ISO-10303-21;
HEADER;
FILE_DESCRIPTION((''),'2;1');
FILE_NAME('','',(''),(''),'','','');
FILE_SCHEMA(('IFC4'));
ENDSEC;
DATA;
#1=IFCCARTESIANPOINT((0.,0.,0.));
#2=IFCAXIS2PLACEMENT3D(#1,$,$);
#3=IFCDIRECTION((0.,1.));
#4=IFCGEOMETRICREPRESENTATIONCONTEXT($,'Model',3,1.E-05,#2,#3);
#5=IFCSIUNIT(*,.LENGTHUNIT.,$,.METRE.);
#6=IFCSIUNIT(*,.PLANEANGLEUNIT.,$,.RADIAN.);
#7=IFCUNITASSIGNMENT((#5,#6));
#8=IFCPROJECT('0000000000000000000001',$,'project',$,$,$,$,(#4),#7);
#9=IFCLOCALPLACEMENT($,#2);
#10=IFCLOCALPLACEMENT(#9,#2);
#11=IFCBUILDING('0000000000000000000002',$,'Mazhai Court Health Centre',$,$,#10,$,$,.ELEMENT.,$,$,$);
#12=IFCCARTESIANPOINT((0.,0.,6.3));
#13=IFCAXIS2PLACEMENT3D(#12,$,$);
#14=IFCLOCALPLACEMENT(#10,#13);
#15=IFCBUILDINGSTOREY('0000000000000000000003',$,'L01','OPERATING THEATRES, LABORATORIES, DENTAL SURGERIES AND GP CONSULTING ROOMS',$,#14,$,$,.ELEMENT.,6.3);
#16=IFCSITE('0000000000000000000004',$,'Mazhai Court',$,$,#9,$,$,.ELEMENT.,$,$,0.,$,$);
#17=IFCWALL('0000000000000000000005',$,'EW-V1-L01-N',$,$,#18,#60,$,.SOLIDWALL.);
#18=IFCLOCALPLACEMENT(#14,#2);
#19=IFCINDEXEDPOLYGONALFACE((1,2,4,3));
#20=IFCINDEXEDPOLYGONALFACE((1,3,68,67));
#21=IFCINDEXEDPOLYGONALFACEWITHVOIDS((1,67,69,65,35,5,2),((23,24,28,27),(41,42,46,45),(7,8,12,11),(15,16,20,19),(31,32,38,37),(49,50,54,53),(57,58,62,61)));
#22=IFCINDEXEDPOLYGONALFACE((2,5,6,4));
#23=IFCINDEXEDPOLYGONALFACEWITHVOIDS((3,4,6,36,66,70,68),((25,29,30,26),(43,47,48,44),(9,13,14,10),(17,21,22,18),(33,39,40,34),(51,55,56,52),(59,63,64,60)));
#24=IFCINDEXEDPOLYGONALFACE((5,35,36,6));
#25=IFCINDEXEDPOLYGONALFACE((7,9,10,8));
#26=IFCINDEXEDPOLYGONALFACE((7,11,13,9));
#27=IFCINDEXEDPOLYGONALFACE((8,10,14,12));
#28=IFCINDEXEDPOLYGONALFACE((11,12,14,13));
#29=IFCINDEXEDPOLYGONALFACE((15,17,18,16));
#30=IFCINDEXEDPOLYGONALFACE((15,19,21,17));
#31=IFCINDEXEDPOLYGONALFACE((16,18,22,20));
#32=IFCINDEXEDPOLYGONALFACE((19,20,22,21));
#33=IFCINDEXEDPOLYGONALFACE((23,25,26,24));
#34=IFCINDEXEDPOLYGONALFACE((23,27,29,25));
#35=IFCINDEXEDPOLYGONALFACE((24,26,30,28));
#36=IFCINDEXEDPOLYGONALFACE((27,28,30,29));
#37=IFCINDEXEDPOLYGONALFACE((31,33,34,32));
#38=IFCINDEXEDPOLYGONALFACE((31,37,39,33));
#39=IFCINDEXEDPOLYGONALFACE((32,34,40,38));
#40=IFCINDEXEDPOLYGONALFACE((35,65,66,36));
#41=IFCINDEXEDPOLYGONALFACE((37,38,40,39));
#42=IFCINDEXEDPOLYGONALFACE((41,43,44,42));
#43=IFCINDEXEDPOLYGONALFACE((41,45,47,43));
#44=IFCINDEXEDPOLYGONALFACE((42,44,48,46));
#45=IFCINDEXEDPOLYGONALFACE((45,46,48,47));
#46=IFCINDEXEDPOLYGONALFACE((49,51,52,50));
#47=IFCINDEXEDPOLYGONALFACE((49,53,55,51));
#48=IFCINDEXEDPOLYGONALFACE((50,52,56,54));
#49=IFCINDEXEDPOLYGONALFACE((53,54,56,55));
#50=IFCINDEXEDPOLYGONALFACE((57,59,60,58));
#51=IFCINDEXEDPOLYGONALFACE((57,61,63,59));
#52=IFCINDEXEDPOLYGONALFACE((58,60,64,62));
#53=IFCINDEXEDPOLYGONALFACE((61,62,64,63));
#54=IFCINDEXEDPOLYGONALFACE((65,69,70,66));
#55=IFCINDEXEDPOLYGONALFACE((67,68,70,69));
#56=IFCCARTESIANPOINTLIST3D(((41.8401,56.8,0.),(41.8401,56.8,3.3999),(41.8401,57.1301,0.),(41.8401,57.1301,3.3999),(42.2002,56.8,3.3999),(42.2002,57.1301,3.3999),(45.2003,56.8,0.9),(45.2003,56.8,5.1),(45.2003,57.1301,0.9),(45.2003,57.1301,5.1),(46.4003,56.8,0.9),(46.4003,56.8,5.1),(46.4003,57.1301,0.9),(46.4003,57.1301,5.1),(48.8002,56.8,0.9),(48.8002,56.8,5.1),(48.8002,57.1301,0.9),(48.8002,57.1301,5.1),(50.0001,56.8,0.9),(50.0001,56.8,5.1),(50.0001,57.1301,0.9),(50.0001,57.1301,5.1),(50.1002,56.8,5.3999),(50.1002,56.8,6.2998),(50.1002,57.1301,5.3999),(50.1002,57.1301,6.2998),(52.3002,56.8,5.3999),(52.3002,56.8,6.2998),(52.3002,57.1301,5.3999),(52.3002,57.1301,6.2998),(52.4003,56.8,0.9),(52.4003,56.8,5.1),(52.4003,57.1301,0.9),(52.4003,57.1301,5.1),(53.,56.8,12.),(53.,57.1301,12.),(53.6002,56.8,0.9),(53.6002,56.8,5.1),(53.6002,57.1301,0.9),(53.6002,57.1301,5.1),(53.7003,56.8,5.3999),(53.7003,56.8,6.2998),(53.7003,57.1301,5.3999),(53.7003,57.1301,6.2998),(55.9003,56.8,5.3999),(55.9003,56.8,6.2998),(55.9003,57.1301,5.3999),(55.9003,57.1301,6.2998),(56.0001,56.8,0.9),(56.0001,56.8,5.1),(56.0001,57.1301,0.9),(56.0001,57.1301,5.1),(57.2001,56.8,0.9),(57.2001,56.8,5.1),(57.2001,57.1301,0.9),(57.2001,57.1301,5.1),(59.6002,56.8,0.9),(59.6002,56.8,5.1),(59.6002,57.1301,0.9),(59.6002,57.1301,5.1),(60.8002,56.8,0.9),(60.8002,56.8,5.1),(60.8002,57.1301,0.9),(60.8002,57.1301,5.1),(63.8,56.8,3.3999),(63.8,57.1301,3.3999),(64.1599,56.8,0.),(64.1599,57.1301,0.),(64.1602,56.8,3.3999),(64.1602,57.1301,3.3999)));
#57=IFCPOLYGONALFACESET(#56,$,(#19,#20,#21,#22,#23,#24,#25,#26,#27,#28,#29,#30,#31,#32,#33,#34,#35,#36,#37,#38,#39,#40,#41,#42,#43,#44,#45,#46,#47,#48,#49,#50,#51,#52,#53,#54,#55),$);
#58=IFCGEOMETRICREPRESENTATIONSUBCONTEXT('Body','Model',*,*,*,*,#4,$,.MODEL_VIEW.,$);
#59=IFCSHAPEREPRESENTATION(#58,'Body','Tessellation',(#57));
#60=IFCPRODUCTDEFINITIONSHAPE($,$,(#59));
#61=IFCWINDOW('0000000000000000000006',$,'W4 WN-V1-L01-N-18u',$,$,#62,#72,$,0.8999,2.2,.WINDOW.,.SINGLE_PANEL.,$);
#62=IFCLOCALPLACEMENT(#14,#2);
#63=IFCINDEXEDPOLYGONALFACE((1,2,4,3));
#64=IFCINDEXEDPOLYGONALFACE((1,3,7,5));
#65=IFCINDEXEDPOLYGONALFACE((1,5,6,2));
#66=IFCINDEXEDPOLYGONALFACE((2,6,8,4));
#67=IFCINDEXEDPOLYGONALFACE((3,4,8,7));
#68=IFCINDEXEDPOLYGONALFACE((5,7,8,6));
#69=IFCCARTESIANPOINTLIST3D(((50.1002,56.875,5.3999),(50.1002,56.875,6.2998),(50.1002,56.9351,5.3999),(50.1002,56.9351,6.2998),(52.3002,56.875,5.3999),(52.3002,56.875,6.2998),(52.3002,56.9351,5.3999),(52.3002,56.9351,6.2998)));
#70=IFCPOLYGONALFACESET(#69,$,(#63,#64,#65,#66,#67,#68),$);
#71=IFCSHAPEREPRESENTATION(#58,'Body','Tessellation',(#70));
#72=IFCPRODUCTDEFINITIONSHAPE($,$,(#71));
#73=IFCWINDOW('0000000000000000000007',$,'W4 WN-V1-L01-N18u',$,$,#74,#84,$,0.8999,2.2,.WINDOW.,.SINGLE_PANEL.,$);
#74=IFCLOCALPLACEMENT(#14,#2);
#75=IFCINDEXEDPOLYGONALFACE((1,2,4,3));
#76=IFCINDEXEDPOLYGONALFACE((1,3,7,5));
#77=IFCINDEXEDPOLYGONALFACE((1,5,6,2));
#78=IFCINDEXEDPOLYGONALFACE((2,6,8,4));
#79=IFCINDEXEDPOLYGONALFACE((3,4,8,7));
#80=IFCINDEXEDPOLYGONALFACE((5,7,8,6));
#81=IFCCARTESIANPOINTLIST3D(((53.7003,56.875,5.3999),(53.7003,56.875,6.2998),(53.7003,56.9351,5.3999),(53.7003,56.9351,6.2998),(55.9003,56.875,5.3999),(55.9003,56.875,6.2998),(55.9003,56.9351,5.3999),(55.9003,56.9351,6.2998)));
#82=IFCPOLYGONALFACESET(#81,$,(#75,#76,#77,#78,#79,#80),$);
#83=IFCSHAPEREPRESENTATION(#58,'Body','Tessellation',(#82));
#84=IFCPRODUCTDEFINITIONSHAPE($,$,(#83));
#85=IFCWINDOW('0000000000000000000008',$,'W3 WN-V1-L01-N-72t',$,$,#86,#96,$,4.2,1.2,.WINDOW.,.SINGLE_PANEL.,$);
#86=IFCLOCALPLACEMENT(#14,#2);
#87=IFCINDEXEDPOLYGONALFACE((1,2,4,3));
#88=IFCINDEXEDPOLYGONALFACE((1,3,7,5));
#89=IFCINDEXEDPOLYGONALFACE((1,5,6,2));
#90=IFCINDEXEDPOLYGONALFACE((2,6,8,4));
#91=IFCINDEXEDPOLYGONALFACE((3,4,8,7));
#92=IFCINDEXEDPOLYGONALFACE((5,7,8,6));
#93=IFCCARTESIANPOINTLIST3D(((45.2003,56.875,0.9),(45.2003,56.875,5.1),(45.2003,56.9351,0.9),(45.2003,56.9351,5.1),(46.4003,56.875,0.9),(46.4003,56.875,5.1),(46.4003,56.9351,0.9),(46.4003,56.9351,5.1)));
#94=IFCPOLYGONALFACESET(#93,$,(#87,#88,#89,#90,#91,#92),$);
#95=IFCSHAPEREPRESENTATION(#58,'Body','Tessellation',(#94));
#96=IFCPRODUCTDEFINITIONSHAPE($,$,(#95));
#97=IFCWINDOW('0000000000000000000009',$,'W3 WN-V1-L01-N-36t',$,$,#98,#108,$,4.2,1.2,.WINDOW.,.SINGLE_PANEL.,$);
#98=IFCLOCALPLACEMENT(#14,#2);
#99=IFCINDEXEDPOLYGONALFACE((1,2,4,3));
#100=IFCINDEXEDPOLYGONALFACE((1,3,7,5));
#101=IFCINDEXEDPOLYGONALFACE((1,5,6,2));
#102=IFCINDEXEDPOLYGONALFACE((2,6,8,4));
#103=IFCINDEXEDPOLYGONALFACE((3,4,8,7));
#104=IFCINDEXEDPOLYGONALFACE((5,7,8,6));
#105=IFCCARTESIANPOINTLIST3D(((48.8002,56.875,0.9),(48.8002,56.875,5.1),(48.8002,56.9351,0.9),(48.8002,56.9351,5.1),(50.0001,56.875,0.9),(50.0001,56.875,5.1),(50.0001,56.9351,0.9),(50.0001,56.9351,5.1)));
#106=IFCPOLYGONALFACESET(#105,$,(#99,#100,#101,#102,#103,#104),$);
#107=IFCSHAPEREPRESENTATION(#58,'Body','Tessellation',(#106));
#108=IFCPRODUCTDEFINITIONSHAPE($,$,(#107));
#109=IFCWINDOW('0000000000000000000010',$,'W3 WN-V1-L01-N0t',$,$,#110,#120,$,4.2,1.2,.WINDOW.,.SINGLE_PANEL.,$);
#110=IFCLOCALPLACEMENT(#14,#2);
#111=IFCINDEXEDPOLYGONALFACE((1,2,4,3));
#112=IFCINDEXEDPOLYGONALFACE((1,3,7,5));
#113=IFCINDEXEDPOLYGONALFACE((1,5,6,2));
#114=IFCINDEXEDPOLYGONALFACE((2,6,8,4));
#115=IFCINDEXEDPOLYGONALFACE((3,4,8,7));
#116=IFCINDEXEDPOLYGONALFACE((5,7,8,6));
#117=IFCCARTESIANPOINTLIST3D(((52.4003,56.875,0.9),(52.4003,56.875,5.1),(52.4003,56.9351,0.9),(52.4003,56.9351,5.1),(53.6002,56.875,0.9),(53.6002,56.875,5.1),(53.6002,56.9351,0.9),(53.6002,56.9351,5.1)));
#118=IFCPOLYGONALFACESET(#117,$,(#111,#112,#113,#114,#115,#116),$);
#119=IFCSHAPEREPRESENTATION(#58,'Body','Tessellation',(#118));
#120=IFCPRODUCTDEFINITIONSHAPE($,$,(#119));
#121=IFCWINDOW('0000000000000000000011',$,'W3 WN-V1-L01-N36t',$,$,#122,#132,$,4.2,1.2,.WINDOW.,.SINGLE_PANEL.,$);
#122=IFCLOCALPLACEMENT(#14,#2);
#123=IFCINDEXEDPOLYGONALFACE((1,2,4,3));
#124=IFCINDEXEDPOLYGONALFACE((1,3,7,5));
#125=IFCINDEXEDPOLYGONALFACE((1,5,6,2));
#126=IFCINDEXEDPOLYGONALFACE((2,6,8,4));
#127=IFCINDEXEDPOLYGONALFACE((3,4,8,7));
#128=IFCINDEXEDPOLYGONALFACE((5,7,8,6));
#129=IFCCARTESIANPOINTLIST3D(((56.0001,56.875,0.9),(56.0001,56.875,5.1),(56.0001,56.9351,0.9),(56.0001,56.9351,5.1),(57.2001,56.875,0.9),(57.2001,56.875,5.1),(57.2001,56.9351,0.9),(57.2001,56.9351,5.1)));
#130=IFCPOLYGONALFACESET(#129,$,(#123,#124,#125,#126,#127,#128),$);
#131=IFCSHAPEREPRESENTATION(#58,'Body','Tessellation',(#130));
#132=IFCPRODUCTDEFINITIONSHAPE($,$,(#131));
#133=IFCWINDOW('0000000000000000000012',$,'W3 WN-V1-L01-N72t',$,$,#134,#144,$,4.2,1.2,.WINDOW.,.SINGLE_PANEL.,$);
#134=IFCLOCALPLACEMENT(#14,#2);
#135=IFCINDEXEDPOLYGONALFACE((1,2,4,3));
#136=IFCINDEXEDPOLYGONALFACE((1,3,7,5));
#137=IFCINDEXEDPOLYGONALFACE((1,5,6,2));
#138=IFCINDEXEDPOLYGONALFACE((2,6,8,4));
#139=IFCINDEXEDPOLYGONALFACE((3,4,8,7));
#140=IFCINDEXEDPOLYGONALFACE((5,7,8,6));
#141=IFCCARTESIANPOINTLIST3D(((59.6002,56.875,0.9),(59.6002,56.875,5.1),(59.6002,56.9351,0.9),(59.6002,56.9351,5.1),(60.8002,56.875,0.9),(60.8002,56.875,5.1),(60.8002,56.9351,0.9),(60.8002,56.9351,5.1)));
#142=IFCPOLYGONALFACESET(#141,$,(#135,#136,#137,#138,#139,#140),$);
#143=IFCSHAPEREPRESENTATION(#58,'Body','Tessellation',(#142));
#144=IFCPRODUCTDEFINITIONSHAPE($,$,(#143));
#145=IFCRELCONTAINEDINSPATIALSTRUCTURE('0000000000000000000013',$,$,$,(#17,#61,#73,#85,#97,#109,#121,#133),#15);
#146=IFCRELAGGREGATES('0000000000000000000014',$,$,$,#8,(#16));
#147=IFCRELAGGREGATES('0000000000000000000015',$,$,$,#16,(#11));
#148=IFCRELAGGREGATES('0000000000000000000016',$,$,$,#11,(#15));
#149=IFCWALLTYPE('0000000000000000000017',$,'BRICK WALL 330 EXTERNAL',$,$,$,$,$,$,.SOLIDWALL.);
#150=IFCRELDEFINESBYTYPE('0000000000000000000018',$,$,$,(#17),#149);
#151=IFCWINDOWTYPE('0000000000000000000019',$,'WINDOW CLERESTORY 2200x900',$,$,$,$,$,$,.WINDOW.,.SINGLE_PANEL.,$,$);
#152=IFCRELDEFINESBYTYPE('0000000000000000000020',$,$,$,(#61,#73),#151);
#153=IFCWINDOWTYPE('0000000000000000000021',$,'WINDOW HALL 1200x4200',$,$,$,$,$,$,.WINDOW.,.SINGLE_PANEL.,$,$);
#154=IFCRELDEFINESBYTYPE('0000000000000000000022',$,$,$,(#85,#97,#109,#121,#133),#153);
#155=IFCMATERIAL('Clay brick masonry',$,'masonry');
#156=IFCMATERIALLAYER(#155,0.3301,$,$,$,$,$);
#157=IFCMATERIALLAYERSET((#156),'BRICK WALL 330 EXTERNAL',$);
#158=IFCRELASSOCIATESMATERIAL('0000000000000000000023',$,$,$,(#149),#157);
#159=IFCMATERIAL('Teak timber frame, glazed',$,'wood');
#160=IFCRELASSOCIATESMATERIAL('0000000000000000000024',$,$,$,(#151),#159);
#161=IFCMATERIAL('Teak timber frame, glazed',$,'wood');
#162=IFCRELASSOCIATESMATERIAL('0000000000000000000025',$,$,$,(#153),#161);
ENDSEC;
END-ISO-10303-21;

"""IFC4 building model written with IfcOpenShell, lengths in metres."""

from ifc_helpers import new_model, si_unit, direction, frame, frame_2d, origin, place, context, subcontext, project, spatial, polyline, rectangle, outline, extrude, material, layer, layer_set, type_object, element, fill, save


model = new_model("IFC4")

# Units and contexts
model_context = context("Model", 3, precision=1e-05, world=origin(), true_north=direction((0.0, 1.0)))
body_context = subcontext(model_context, "Body", "Model", "MODEL_VIEW")
ifc_project = project(units=[si_unit("LENGTHUNIT", "METRE"), si_unit("PLANEANGLEUNIT", "RADIAN")], contexts=[model_context])

# Site, building, storey
site_placement = place(None, origin())
site = spatial("IfcSite", under=ifc_project, at=site_placement, Name="Mazhai Court", CompositionType="ELEMENT", RefElevation=0.0)
building_placement = place(site_placement, origin())
building = spatial("IfcBuilding", under=site, at=building_placement, Name="Mazhai Court Health Centre", CompositionType="ELEMENT")
storey_placement = place(building_placement, frame((0.0, 0.0, 6.3)))
storey = spatial("IfcBuildingStorey", under=building, at=storey_placement, Name="L01", Description="OPERATING THEATRES, LABORATORIES, DENTAL SURGERIES AND GP CONSULTING ROOMS", CompositionType="ELEMENT", Elevation=6.3)

# Shared definitions
ifc_material_1 = material(Name="Clay brick masonry", Category="masonry")
ifc_layer_1 = layer(ifc_material_1, 0.3301)
ifc_layer_set_1 = layer_set([ifc_layer_1], Name="BRICK WALL 330 EXTERNAL")
wall_type_1 = type_object("IfcWallType", Name="BRICK WALL 330 EXTERNAL", PredefinedType="SOLIDWALL", material=ifc_layer_set_1)

# Wall, openings, windows
wall_1_placement = place(storey_placement, frame((41.8401, 56.9651, 0.0), z_axis=(0.0, 0.0, 1.0), x_axis=(1.0, 0.0, 0.0)))
wall_1 = element("IfcWall", 1, at=wall_1_placement, inside=storey, type_object=wall_type_1, Name="EW-V1-L01-N", PredefinedType="SOLIDWALL", context=body_context, shape_type="SweptSolid", body=[
    extrude(outline(polyline([(0.0, 0.0), (22.3198, 0.0), (22.3201, 3.3999), (21.96, 3.3999), (11.1599, 12.0), (0.3601, 3.3999), (0.0, 3.3999), (0.0, 0.0)])), frame((0.0, 0.165, 0.0), z_axis=(0.0, -1.0, 0.0), x_axis=(1.0, 0.0, 0.0)), (0.0, 0.0, 1.0), 0.3301),
])
opening_1_placement = place(wall_1_placement, frame((3.3601, 0.0, 0.8999)))
opening_1 = element("IfcOpeningElement", 2, at=opening_1_placement, cuts=wall_1, PredefinedType="OPENING", context=body_context, shape_type="SweptSolid", body=[
    extrude(rectangle(XDim=1.2, YDim=4.2, at=frame_2d((0.6001, 2.1001))), frame((0.0, 0.175, 0.0), z_axis=(0.0, -1.0, 0.0), x_axis=(1.0, 0.0, 0.0)), (0.0, 0.0, 1.0), 0.3501),
])
opening_2_placement = place(wall_1_placement, frame((6.96, 0.0, 0.8999)))
opening_2 = element("IfcOpeningElement", 3, at=opening_2_placement, cuts=wall_1, PredefinedType="OPENING", context=body_context, shape_type="SweptSolid", body=[
    extrude(rectangle(XDim=1.2, YDim=4.2, at=frame_2d((0.6001, 2.1001))), frame((0.0, 0.175, 0.0), z_axis=(0.0, -1.0, 0.0), x_axis=(1.0, 0.0, 0.0)), (0.0, 0.0, 1.0), 0.3501),
])
opening_3_placement = place(wall_1_placement, frame((10.5601, 0.0, 0.8999)))
opening_3 = element("IfcOpeningElement", 4, at=opening_3_placement, cuts=wall_1, PredefinedType="OPENING", context=body_context, shape_type="SweptSolid", body=[
    extrude(rectangle(XDim=1.2, YDim=4.2, at=frame_2d((0.6001, 2.1001))), frame((0.0, 0.175, 0.0), z_axis=(0.0, -1.0, 0.0), x_axis=(1.0, 0.0, 0.0)), (0.0, 0.0, 1.0), 0.3501),
])
opening_4_placement = place(wall_1_placement, frame((14.1599, 0.0, 0.8999)))
opening_4 = element("IfcOpeningElement", 5, at=opening_4_placement, cuts=wall_1, PredefinedType="OPENING", context=body_context, shape_type="SweptSolid", body=[
    extrude(rectangle(XDim=1.2, YDim=4.2, at=frame_2d((0.6001, 2.1001))), frame((0.0, 0.175, 0.0), z_axis=(0.0, -1.0, 0.0), x_axis=(1.0, 0.0, 0.0)), (0.0, 0.0, 1.0), 0.3501),
])
opening_5_placement = place(wall_1_placement, frame((17.76, 0.0, 0.8999)))
opening_5 = element("IfcOpeningElement", 6, at=opening_5_placement, cuts=wall_1, PredefinedType="OPENING", context=body_context, shape_type="SweptSolid", body=[
    extrude(rectangle(XDim=1.2, YDim=4.2, at=frame_2d((0.6001, 2.1001))), frame((0.0, 0.175, 0.0), z_axis=(0.0, -1.0, 0.0), x_axis=(1.0, 0.0, 0.0)), (0.0, 0.0, 1.0), 0.3501),
])
opening_6_placement = place(wall_1_placement, frame((8.26, 0.0, 5.3999)))
opening_6 = element("IfcOpeningElement", 7, at=opening_6_placement, cuts=wall_1, PredefinedType="OPENING", context=body_context, shape_type="SweptSolid", body=[
    extrude(rectangle(XDim=2.2, YDim=0.8999, at=frame_2d((1.1001, 0.45))), frame((0.0, 0.175, 0.0), z_axis=(0.0, -1.0, 0.0), x_axis=(1.0, 0.0, 0.0)), (0.0, 0.0, 1.0), 0.3501),
])
opening_7_placement = place(wall_1_placement, frame((11.8601, 0.0, 5.3999)))
opening_7 = element("IfcOpeningElement", 8, at=opening_7_placement, cuts=wall_1, PredefinedType="OPENING", context=body_context, shape_type="SweptSolid", body=[
    extrude(rectangle(XDim=2.2, YDim=0.8999, at=frame_2d((1.1001, 0.45))), frame((0.0, 0.175, 0.0), z_axis=(0.0, -1.0, 0.0), x_axis=(1.0, 0.0, 0.0)), (0.0, 0.0, 1.0), 0.3501),
])
ifc_material_2 = material(Name="Teak timber frame, glazed", Category="wood")
window_type_1 = type_object("IfcWindowType", Name="WINDOW CLERESTORY 2200x900", PartitioningType="SINGLE_PANEL", PredefinedType="WINDOW", material=ifc_material_2)
window_1_placement = place(opening_6_placement, origin())
window_1 = element("IfcWindow", 9, at=window_1_placement, inside=storey, type_object=window_type_1, Name="W4 WN-V1-L01-N-18u", OverallHeight=0.8999, OverallWidth=2.2, PartitioningType="SINGLE_PANEL", PredefinedType="WINDOW", context=body_context, shape_type="SweptSolid", body=[
    extrude(rectangle(XDim=2.2, YDim=0.8999, at=frame_2d((1.1001, 0.45))), frame((0.0, -0.03, 0.0), z_axis=(0.0, -1.0, 0.0), x_axis=(1.0, 0.0, 0.0)), (0.0, 0.0, 1.0), 0.0601),
])
fill(opening_6, window_1)
window_2_placement = place(opening_7_placement, origin())
window_2 = element("IfcWindow", 10, at=window_2_placement, inside=storey, type_object=window_type_1, Name="W4 WN-V1-L01-N18u", OverallHeight=0.8999, OverallWidth=2.2, PartitioningType="SINGLE_PANEL", PredefinedType="WINDOW", context=body_context, shape_type="SweptSolid", body=[
    extrude(rectangle(XDim=2.2, YDim=0.8999, at=frame_2d((1.1001, 0.45))), frame((0.0, -0.03, 0.0), z_axis=(0.0, -1.0, 0.0), x_axis=(1.0, 0.0, 0.0)), (0.0, 0.0, 1.0), 0.0601),
])
fill(opening_7, window_2)
ifc_material_3 = material(Name="Teak timber frame, glazed", Category="wood")
window_type_2 = type_object("IfcWindowType", Name="WINDOW HALL 1200x4200", PartitioningType="SINGLE_PANEL", PredefinedType="WINDOW", material=ifc_material_3)
window_3_placement = place(opening_1_placement, origin())
window_3 = element("IfcWindow", 11, at=window_3_placement, inside=storey, type_object=window_type_2, Name="W3 WN-V1-L01-N-72t", OverallHeight=4.2, OverallWidth=1.2, PartitioningType="SINGLE_PANEL", PredefinedType="WINDOW", context=body_context, shape_type="SweptSolid", body=[
    extrude(rectangle(XDim=1.2, YDim=4.2, at=frame_2d((0.6001, 2.1001))), frame((0.0, -0.03, 0.0), z_axis=(0.0, -1.0, 0.0), x_axis=(1.0, 0.0, 0.0)), (0.0, 0.0, 1.0), 0.0601),
])
fill(opening_1, window_3)
window_4_placement = place(opening_2_placement, origin())
window_4 = element("IfcWindow", 12, at=window_4_placement, inside=storey, type_object=window_type_2, Name="W3 WN-V1-L01-N-36t", OverallHeight=4.2, OverallWidth=1.2, PartitioningType="SINGLE_PANEL", PredefinedType="WINDOW", context=body_context, shape_type="SweptSolid", body=[
    extrude(rectangle(XDim=1.2, YDim=4.2, at=frame_2d((0.6001, 2.1001))), frame((0.0, -0.03, 0.0), z_axis=(0.0, -1.0, 0.0), x_axis=(1.0, 0.0, 0.0)), (0.0, 0.0, 1.0), 0.0601),
])
fill(opening_2, window_4)
window_5_placement = place(opening_3_placement, origin())
window_5 = element("IfcWindow", 13, at=window_5_placement, inside=storey, type_object=window_type_2, Name="W3 WN-V1-L01-N0t", OverallHeight=4.2, OverallWidth=1.2, PartitioningType="SINGLE_PANEL", PredefinedType="WINDOW", context=body_context, shape_type="SweptSolid", body=[
    extrude(rectangle(XDim=1.2, YDim=4.2, at=frame_2d((0.6001, 2.1001))), frame((0.0, -0.03, 0.0), z_axis=(0.0, -1.0, 0.0), x_axis=(1.0, 0.0, 0.0)), (0.0, 0.0, 1.0), 0.0601),
])
fill(opening_3, window_5)
window_6_placement = place(opening_4_placement, origin())
window_6 = element("IfcWindow", 14, at=window_6_placement, inside=storey, type_object=window_type_2, Name="W3 WN-V1-L01-N36t", OverallHeight=4.2, OverallWidth=1.2, PartitioningType="SINGLE_PANEL", PredefinedType="WINDOW", context=body_context, shape_type="SweptSolid", body=[
    extrude(rectangle(XDim=1.2, YDim=4.2, at=frame_2d((0.6001, 2.1001))), frame((0.0, -0.03, 0.0), z_axis=(0.0, -1.0, 0.0), x_axis=(1.0, 0.0, 0.0)), (0.0, 0.0, 1.0), 0.0601),
])
fill(opening_4, window_6)
window_7_placement = place(opening_5_placement, origin())
window_7 = element("IfcWindow", 15, at=window_7_placement, inside=storey, type_object=window_type_2, Name="W3 WN-V1-L01-N72t", OverallHeight=4.2, OverallWidth=1.2, PartitioningType="SINGLE_PANEL", PredefinedType="WINDOW", context=body_context, shape_type="SweptSolid", body=[
    extrude(rectangle(XDim=1.2, YDim=4.2, at=frame_2d((0.6001, 2.1001))), frame((0.0, -0.03, 0.0), z_axis=(0.0, -1.0, 0.0), x_axis=(1.0, 0.0, 0.0)), (0.0, 0.0, 1.0), 0.0601),
])
fill(opening_5, window_7)

save(model, "model.ifc")
